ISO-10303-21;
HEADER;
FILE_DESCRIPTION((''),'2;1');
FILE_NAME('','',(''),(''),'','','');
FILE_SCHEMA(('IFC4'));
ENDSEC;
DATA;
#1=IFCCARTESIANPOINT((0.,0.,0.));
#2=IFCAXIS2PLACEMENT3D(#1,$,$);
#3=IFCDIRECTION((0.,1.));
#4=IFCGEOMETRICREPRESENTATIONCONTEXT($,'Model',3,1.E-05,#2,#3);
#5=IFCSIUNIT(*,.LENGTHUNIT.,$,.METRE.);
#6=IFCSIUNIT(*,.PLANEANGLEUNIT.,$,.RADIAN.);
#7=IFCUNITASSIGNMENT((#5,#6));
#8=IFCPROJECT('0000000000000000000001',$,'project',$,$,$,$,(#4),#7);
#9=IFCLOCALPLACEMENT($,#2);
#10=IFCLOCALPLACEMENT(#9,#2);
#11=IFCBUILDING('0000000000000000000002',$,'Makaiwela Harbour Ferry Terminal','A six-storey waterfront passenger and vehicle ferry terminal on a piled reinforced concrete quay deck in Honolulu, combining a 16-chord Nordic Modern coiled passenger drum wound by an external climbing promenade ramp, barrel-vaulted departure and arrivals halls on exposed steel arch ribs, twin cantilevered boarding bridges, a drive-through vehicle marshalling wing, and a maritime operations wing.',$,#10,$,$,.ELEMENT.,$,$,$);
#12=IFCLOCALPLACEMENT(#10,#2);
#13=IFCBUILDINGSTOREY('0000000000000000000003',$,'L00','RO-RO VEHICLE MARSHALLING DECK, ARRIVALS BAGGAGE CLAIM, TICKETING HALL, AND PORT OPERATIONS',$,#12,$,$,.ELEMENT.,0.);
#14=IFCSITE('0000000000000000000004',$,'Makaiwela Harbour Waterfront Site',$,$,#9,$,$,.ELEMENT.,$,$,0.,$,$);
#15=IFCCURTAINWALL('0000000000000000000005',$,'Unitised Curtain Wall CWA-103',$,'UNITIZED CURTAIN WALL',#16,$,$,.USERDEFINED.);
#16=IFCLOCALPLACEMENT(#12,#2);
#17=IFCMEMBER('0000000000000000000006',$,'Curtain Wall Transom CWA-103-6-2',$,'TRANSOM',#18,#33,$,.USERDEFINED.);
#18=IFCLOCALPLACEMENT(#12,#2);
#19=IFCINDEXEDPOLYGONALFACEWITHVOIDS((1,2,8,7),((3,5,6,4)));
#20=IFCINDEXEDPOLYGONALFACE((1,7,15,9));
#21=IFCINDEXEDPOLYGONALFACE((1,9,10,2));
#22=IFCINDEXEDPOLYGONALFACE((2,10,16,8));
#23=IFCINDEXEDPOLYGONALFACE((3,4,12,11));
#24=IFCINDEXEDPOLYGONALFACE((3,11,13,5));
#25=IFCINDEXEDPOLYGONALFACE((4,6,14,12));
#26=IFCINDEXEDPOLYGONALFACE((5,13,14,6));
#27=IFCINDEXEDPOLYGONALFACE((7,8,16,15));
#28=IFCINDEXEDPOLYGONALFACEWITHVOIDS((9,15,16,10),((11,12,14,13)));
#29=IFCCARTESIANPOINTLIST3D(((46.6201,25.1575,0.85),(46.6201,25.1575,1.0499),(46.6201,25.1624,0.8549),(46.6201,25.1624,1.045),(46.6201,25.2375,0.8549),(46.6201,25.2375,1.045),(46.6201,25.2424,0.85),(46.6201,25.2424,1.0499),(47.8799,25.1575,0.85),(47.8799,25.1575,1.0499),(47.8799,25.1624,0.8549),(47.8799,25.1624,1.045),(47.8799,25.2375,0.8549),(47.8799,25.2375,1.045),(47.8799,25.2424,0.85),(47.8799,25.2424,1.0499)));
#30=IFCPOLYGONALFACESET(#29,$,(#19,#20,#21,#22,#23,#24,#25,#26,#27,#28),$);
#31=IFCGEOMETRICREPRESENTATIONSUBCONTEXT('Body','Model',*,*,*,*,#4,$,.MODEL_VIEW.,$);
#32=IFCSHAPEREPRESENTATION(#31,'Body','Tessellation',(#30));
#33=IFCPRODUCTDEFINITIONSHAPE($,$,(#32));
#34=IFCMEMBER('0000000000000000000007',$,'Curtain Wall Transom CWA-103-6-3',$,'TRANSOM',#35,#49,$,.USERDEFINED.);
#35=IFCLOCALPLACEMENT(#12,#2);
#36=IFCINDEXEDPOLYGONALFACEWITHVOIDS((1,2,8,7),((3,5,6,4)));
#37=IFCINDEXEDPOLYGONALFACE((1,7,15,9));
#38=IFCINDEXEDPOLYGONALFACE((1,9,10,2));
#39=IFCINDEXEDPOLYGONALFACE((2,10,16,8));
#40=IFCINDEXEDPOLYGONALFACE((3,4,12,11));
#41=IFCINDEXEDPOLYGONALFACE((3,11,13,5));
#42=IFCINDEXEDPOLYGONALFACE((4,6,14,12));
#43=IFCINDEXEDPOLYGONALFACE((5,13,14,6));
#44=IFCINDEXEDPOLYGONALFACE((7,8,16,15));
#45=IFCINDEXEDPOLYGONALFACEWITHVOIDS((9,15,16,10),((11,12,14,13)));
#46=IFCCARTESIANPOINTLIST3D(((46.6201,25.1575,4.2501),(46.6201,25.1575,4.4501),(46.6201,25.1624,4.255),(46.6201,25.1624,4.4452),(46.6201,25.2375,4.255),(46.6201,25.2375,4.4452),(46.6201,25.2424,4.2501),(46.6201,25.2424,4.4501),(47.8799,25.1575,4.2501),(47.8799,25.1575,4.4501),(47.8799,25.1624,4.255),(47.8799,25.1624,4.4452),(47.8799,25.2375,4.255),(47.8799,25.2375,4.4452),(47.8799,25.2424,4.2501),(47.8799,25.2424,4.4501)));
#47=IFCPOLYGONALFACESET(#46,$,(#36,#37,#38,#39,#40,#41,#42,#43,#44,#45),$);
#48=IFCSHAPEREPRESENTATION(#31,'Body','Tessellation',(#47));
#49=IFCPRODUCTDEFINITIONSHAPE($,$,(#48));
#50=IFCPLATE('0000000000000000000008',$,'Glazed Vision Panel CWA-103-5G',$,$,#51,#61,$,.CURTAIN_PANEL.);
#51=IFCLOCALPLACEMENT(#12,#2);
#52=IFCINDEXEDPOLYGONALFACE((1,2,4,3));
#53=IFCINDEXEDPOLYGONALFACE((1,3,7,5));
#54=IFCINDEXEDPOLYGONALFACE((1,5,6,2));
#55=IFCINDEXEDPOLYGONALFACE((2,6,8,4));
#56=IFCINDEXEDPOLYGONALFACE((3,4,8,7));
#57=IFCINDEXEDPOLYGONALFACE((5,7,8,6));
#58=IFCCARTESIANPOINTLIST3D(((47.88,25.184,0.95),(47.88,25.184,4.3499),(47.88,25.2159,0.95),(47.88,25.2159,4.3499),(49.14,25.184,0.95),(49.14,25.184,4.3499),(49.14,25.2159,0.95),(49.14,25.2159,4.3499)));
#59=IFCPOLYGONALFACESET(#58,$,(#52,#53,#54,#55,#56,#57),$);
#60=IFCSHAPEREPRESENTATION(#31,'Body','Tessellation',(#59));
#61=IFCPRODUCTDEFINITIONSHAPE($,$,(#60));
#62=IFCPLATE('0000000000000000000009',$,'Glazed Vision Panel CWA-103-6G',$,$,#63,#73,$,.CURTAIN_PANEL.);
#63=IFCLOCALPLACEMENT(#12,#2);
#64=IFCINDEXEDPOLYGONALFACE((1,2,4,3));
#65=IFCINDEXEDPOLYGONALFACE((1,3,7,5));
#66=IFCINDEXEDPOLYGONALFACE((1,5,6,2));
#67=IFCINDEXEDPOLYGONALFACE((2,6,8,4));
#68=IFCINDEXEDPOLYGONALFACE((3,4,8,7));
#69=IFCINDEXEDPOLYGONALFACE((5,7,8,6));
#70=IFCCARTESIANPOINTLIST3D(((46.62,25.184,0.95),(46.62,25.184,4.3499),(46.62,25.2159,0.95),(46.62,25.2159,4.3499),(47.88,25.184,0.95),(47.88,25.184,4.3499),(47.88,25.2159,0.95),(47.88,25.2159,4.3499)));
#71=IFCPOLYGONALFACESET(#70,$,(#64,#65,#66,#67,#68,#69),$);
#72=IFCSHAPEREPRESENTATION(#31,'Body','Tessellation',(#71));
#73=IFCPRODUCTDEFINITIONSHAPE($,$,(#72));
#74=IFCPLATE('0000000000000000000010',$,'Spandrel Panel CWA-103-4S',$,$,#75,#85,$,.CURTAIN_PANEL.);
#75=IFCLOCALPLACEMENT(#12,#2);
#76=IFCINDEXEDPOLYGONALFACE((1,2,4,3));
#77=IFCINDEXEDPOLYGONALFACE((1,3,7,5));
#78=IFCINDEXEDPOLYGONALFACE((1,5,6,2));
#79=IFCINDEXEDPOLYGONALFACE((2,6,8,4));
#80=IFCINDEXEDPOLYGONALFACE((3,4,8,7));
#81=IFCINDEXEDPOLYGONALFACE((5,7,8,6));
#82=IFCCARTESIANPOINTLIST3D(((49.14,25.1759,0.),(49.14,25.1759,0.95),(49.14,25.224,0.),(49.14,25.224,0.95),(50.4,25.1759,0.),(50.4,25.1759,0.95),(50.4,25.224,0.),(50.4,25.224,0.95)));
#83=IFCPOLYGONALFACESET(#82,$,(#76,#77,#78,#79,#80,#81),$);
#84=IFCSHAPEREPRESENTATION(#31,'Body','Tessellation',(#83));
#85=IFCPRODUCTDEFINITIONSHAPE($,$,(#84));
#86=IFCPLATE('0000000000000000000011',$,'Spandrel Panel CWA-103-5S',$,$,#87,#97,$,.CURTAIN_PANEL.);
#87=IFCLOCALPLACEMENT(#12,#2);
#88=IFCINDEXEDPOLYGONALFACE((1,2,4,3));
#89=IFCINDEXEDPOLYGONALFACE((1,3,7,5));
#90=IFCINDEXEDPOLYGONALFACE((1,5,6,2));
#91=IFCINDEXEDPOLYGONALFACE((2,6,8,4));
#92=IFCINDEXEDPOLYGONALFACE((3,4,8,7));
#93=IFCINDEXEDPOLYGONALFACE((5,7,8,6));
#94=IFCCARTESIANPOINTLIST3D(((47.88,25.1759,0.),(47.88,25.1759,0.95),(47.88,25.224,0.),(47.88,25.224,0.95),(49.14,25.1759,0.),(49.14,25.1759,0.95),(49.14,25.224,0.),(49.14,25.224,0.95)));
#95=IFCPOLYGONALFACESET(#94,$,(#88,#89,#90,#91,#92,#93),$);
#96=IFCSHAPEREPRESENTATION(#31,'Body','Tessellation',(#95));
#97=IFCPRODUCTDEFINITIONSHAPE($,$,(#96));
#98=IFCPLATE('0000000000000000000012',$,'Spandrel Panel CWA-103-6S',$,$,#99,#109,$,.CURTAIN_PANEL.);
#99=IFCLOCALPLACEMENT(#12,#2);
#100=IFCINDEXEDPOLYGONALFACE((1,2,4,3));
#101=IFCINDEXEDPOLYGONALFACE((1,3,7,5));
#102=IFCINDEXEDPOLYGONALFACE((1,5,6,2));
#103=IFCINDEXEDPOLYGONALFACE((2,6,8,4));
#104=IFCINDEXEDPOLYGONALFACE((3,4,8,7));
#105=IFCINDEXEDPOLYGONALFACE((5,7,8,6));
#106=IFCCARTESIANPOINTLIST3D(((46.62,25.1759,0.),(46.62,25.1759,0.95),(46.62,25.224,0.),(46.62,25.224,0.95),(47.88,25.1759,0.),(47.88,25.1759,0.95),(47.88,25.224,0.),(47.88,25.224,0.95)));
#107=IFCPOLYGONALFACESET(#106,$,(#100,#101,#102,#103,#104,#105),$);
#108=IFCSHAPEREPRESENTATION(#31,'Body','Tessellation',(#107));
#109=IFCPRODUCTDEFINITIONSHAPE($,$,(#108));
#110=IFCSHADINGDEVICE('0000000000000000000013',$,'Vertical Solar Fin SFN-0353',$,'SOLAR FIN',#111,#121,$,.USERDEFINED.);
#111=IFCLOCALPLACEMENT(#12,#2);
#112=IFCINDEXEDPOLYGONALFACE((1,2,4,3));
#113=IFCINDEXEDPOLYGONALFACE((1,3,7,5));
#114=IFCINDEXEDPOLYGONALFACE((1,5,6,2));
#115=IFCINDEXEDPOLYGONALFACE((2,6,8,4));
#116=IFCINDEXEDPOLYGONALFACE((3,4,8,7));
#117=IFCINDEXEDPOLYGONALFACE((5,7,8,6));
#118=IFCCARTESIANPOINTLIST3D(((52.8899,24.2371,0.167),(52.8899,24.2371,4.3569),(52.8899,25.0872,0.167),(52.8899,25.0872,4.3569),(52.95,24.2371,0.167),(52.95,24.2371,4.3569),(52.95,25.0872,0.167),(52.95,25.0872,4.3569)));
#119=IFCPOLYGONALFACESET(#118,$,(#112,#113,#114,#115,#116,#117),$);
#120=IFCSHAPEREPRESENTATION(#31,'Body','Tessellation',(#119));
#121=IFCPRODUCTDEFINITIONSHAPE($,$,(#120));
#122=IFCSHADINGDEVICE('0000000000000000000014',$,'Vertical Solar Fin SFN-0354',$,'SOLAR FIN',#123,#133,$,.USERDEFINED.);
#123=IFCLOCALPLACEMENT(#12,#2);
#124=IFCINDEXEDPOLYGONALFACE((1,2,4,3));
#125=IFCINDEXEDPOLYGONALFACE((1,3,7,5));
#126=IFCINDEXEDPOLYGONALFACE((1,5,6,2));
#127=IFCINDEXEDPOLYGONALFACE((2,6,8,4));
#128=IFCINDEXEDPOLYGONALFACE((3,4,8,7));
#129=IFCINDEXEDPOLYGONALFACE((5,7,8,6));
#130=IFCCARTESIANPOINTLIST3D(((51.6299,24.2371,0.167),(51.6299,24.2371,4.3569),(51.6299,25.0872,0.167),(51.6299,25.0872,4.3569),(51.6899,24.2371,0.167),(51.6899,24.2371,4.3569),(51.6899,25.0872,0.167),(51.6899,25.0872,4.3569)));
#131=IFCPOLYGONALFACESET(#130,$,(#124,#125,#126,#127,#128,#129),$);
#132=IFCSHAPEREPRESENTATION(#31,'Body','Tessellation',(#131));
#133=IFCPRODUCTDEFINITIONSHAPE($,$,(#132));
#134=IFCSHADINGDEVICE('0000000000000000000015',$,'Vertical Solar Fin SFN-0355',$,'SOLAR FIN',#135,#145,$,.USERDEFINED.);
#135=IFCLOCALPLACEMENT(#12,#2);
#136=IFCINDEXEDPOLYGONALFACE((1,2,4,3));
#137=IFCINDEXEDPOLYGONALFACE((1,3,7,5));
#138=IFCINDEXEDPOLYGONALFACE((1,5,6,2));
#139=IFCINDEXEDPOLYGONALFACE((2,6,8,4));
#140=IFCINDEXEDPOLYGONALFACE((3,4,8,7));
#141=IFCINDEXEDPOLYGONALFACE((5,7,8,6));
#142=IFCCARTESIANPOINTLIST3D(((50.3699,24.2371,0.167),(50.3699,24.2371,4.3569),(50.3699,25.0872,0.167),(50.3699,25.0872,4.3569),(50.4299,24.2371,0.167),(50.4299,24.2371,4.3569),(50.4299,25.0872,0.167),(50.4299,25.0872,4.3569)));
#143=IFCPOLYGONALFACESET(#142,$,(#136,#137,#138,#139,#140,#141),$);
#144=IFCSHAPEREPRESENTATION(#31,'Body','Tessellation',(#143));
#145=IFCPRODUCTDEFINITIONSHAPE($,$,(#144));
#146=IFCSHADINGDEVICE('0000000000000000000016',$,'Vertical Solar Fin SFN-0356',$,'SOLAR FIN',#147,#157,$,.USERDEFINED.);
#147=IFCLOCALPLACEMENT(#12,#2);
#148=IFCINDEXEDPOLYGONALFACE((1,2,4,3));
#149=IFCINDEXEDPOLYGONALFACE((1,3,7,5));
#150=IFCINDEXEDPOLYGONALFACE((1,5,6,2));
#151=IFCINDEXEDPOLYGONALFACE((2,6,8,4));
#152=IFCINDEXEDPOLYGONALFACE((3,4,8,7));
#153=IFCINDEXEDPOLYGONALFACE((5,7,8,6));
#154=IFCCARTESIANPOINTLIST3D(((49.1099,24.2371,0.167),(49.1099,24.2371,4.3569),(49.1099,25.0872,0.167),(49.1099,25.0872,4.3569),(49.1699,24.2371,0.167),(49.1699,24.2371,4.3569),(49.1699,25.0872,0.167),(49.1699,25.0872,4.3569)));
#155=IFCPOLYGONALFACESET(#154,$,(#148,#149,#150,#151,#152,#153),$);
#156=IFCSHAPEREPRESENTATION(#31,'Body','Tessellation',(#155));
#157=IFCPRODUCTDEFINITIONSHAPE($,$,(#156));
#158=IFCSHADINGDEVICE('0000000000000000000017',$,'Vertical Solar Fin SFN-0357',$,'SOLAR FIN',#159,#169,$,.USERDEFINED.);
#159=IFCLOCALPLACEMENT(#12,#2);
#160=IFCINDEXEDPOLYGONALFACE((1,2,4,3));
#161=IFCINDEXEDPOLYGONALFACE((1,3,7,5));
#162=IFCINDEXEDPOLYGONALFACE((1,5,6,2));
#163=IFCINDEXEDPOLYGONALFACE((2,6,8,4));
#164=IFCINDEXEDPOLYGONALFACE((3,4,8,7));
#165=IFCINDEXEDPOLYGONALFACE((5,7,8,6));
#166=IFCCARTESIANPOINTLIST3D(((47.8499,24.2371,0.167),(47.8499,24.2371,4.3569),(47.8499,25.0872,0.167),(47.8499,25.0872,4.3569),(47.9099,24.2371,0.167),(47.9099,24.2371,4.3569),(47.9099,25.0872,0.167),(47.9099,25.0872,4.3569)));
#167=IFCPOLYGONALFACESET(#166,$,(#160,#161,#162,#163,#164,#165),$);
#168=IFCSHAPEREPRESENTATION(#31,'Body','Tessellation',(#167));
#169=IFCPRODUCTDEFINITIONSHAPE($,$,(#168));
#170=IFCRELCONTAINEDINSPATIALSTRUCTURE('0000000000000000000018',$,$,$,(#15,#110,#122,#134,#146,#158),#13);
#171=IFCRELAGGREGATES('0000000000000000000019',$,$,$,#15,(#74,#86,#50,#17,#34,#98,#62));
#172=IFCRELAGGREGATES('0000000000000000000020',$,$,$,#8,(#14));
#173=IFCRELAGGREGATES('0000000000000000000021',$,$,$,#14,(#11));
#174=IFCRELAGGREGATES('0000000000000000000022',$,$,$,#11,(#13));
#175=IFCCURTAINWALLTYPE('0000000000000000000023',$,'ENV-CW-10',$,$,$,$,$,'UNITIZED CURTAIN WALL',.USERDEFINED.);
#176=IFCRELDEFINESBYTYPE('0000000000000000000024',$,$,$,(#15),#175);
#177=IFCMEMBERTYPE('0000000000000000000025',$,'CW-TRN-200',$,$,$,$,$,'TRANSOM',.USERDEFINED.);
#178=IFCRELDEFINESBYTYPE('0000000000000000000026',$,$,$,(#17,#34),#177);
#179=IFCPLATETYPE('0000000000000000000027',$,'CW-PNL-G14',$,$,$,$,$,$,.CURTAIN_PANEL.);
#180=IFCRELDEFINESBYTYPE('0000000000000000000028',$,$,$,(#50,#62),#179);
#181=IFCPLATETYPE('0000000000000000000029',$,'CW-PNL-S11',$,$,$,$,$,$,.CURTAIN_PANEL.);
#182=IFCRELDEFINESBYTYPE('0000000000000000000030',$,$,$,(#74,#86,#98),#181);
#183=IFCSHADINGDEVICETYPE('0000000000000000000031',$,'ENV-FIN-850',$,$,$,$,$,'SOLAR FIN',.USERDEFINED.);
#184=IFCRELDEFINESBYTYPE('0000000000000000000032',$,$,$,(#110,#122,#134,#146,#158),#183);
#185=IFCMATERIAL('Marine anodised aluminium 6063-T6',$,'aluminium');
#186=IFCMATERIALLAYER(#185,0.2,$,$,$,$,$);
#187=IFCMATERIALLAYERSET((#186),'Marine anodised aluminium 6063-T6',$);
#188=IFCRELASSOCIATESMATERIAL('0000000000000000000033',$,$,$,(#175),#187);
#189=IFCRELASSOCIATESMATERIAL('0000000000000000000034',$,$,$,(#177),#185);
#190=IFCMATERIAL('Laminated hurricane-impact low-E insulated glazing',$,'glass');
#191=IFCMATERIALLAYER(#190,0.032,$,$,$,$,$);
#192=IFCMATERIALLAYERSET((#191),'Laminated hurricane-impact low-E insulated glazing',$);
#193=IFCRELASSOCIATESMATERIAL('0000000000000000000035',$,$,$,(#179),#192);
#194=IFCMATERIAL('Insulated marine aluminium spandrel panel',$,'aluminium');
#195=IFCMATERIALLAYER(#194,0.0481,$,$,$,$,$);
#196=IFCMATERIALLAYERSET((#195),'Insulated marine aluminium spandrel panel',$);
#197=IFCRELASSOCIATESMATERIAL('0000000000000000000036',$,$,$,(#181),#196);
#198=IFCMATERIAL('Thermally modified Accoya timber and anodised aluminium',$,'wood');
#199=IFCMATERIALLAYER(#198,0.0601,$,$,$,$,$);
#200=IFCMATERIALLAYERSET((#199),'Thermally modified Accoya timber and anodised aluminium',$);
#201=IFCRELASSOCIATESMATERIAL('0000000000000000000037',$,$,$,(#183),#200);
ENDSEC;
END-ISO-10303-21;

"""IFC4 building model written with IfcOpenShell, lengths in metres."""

from ifc_helpers import new_model, si_unit, direction, frame, origin, origin_2d, place, context, subcontext, project, spatial, rectangle, hollow_rectangle, extrude, material, layer, layer_set, material_profile, profile_set, type_object, element, aggregate, save


model = new_model("IFC4")

# Units and contexts
model_context = context("Model", 3, precision=1e-05, world=origin(), true_north=direction((0.0, 1.0)))
body_context = subcontext(model_context, "Body", "Model", "MODEL_VIEW")
ifc_project = project(units=[si_unit("LENGTHUNIT", "METRE"), si_unit("PLANEANGLEUNIT", "RADIAN")], contexts=[model_context])

# Site, building, storey
site_placement = place(None, origin())
site = spatial("IfcSite", under=ifc_project, at=site_placement, Name="Makaiwela Harbour Waterfront Site", CompositionType="ELEMENT", RefElevation=0.0)
building_placement = place(site_placement, origin())
building = spatial("IfcBuilding", under=site, at=building_placement, Name="Makaiwela Harbour Ferry Terminal", Description="A six-storey waterfront passenger and vehicle ferry terminal on a piled reinforced concrete quay deck in Honolulu, combining a 16-chord Nordic Modern coiled passenger drum wound by an external climbing promenade ramp, barrel-vaulted departure and arrivals halls on exposed steel arch ribs, twin cantilevered boarding bridges, a drive-through vehicle marshalling wing, and a maritime operations wing.", CompositionType="ELEMENT")
storey_placement = place(building_placement, origin())
storey = spatial("IfcBuildingStorey", under=building, at=storey_placement, Name="L00", Description="RO-RO VEHICLE MARSHALLING DECK, ARRIVALS BAGGAGE CLAIM, TICKETING HALL, AND PORT OPERATIONS", CompositionType="ELEMENT", Elevation=0.0)

# Curtain wall, members, plates
ifc_material_1 = material(Name="Marine anodised aluminium 6063-T6", Category="aluminium")
ifc_layer_1 = layer(ifc_material_1, 0.2)
ifc_layer_set_1 = layer_set([ifc_layer_1], Name="Marine anodised aluminium 6063-T6")
curtain_wall_type = type_object("IfcCurtainWallType", Name="ENV-CW-10", ElementType="UNITIZED CURTAIN WALL", PredefinedType="USERDEFINED", material=ifc_layer_set_1)
curtain_wall_placement = place(storey_placement, origin())
curtain_wall = element("IfcCurtainWall", 1, at=curtain_wall_placement, inside=storey, type_object=curtain_wall_type, Name="Unitised Curtain Wall CWA-103", ObjectType="UNITIZED CURTAIN WALL", PredefinedType="USERDEFINED")
ifc_material_profile_1 = material_profile(ifc_material_1, hollow_rectangle(XDim=0.085, YDim=0.2, WallThickness=0.0049, at=origin_2d()), Name="CWT-200X85")
ifc_profile_set_1 = profile_set([ifc_material_profile_1], Name="Marine anodised aluminium 6063-T6")
member_type_1 = type_object("IfcMemberType", Name="CW-TRN-200", ElementType="TRANSOM", PredefinedType="USERDEFINED", material=ifc_profile_set_1)
member_1_placement = place(storey_placement, frame((47.8799, 25.2, 0.95), z_axis=(-1.0, 0.0, 0.0), x_axis=(0.0, -1.0, 0.0)))
member_1 = element("IfcMember", 2, at=member_1_placement, type_object=member_type_1, Name="Curtain Wall Transom CWA-103-6-2", ObjectType="TRANSOM", PredefinedType="USERDEFINED", context=body_context, shape_type="SweptSolid", body=[
    extrude(hollow_rectangle(XDim=0.085, YDim=0.2, WallThickness=0.0049, at=origin_2d()), origin(), (0.0, 0.0, 1.0), 1.2598),
])
member_2_placement = place(storey_placement, frame((47.8799, 25.2, 4.3501), z_axis=(-1.0, 0.0, 0.0), x_axis=(0.0, -1.0, 0.0)))
member_2 = element("IfcMember", 3, at=member_2_placement, type_object=member_type_1, Name="Curtain Wall Transom CWA-103-6-3", ObjectType="TRANSOM", PredefinedType="USERDEFINED", context=body_context, shape_type="SweptSolid", body=[
    extrude(hollow_rectangle(XDim=0.085, YDim=0.2, WallThickness=0.0049, at=origin_2d()), origin(), (0.0, 0.0, 1.0), 1.2598),
])
ifc_material_2 = material(Name="Laminated hurricane-impact low-E insulated glazing", Category="glass")
ifc_layer_2 = layer(ifc_material_2, 0.032)
ifc_layer_set_2 = layer_set([ifc_layer_2], Name="Laminated hurricane-impact low-E insulated glazing")
plate_type_1 = type_object("IfcPlateType", Name="CW-PNL-G14", PredefinedType="CURTAIN_PANEL", material=ifc_layer_set_2)
plate_1_placement = place(storey_placement, frame((48.51, 25.2, 0.95), z_axis=(0.0, 0.0, 1.0), x_axis=(-1.0, 0.0, 0.0)))
plate_1 = element("IfcPlate", 4, at=plate_1_placement, type_object=plate_type_1, Name="Glazed Vision Panel CWA-103-5G", PredefinedType="CURTAIN_PANEL", context=body_context, shape_type="SweptSolid", body=[
    extrude(rectangle(XDim=1.26, YDim=0.032, at=origin_2d()), origin(), (0.0, 0.0, 1.0), 3.3999),
])
plate_2_placement = place(storey_placement, frame((47.25, 25.2, 0.95), z_axis=(0.0, 0.0, 1.0), x_axis=(-1.0, 0.0, 0.0)))
plate_2 = element("IfcPlate", 5, at=plate_2_placement, type_object=plate_type_1, Name="Glazed Vision Panel CWA-103-6G", PredefinedType="CURTAIN_PANEL", context=body_context, shape_type="SweptSolid", body=[
    extrude(rectangle(XDim=1.26, YDim=0.032, at=origin_2d()), origin(), (0.0, 0.0, 1.0), 3.3999),
])
ifc_material_3 = material(Name="Insulated marine aluminium spandrel panel", Category="aluminium")
ifc_layer_3 = layer(ifc_material_3, 0.0481)
ifc_layer_set_3 = layer_set([ifc_layer_3], Name="Insulated marine aluminium spandrel panel")
plate_type_2 = type_object("IfcPlateType", Name="CW-PNL-S11", PredefinedType="CURTAIN_PANEL", material=ifc_layer_set_3)
plate_3_placement = place(storey_placement, frame((49.77, 25.2, 0.0), z_axis=(0.0, 0.0, 1.0), x_axis=(-1.0, 0.0, 0.0)))
plate_3 = element("IfcPlate", 6, at=plate_3_placement, type_object=plate_type_2, Name="Spandrel Panel CWA-103-4S", PredefinedType="CURTAIN_PANEL", context=body_context, shape_type="SweptSolid", body=[
    extrude(rectangle(XDim=1.26, YDim=0.0481, at=origin_2d()), origin(), (0.0, 0.0, 1.0), 0.95),
])
plate_4_placement = place(storey_placement, frame((48.51, 25.2, 0.0), z_axis=(0.0, 0.0, 1.0), x_axis=(-1.0, 0.0, 0.0)))
plate_4 = element("IfcPlate", 7, at=plate_4_placement, type_object=plate_type_2, Name="Spandrel Panel CWA-103-5S", PredefinedType="CURTAIN_PANEL", context=body_context, shape_type="SweptSolid", body=[
    extrude(rectangle(XDim=1.26, YDim=0.0481, at=origin_2d()), origin(), (0.0, 0.0, 1.0), 0.95),
])
plate_5_placement = place(storey_placement, frame((47.25, 25.2, 0.0), z_axis=(0.0, 0.0, 1.0), x_axis=(-1.0, 0.0, 0.0)))
plate_5 = element("IfcPlate", 8, at=plate_5_placement, type_object=plate_type_2, Name="Spandrel Panel CWA-103-6S", PredefinedType="CURTAIN_PANEL", context=body_context, shape_type="SweptSolid", body=[
    extrude(rectangle(XDim=1.26, YDim=0.0481, at=origin_2d()), origin(), (0.0, 0.0, 1.0), 0.95),
])
aggregate(curtain_wall, [plate_3, plate_4, plate_1, member_1, member_2, plate_5, plate_2])

# Shading devices
ifc_material_4 = material(Name="Thermally modified Accoya timber and anodised aluminium", Category="wood")
ifc_layer_4 = layer(ifc_material_4, 0.0601)
ifc_layer_set_4 = layer_set([ifc_layer_4], Name="Thermally modified Accoya timber and anodised aluminium")
shading_device_type = type_object("IfcShadingDeviceType", Name="ENV-FIN-850", ElementType="SOLAR FIN", PredefinedType="USERDEFINED", material=ifc_layer_set_4)
for number, where, z_axis, x_axis, name in (
    (9, (52.9199, 24.6621, 0.167), (0.0, 0.0, 1.0), (0.0, -1.0, 0.0), "Vertical Solar Fin SFN-0353"),
    (10, (51.6599, 24.6621, 0.167), (0.0, 0.0, 1.0), (0.0, -1.0, 0.0), "Vertical Solar Fin SFN-0354"),
    (11, (50.3999, 24.6621, 0.167), (0.0, 0.0, 1.0), (0.0, -1.0, 0.0), "Vertical Solar Fin SFN-0355"),
    (12, (49.1399, 24.6621, 0.167), (0.0, 0.0, 1.0), (0.0, -1.0, 0.0), "Vertical Solar Fin SFN-0356"),
    (13, (47.8799, 24.6621, 0.167), (0.0, 0.0, 1.0), (0.0, -1.0, 0.0), "Vertical Solar Fin SFN-0357"),
):
    element("IfcShadingDevice", number, at=place(storey_placement, frame(where, z_axis=z_axis, x_axis=x_axis)), inside=storey, type_object=shading_device_type, Name=name, ObjectType="SOLAR FIN", PredefinedType="USERDEFINED", context=body_context, shape_type="SweptSolid", body=[
        extrude(rectangle(XDim=0.8501, YDim=0.0601, at=origin_2d()), origin(), (0.0, 0.0, 1.0), 4.1899),
    ])

save(model, "model.ifc")
